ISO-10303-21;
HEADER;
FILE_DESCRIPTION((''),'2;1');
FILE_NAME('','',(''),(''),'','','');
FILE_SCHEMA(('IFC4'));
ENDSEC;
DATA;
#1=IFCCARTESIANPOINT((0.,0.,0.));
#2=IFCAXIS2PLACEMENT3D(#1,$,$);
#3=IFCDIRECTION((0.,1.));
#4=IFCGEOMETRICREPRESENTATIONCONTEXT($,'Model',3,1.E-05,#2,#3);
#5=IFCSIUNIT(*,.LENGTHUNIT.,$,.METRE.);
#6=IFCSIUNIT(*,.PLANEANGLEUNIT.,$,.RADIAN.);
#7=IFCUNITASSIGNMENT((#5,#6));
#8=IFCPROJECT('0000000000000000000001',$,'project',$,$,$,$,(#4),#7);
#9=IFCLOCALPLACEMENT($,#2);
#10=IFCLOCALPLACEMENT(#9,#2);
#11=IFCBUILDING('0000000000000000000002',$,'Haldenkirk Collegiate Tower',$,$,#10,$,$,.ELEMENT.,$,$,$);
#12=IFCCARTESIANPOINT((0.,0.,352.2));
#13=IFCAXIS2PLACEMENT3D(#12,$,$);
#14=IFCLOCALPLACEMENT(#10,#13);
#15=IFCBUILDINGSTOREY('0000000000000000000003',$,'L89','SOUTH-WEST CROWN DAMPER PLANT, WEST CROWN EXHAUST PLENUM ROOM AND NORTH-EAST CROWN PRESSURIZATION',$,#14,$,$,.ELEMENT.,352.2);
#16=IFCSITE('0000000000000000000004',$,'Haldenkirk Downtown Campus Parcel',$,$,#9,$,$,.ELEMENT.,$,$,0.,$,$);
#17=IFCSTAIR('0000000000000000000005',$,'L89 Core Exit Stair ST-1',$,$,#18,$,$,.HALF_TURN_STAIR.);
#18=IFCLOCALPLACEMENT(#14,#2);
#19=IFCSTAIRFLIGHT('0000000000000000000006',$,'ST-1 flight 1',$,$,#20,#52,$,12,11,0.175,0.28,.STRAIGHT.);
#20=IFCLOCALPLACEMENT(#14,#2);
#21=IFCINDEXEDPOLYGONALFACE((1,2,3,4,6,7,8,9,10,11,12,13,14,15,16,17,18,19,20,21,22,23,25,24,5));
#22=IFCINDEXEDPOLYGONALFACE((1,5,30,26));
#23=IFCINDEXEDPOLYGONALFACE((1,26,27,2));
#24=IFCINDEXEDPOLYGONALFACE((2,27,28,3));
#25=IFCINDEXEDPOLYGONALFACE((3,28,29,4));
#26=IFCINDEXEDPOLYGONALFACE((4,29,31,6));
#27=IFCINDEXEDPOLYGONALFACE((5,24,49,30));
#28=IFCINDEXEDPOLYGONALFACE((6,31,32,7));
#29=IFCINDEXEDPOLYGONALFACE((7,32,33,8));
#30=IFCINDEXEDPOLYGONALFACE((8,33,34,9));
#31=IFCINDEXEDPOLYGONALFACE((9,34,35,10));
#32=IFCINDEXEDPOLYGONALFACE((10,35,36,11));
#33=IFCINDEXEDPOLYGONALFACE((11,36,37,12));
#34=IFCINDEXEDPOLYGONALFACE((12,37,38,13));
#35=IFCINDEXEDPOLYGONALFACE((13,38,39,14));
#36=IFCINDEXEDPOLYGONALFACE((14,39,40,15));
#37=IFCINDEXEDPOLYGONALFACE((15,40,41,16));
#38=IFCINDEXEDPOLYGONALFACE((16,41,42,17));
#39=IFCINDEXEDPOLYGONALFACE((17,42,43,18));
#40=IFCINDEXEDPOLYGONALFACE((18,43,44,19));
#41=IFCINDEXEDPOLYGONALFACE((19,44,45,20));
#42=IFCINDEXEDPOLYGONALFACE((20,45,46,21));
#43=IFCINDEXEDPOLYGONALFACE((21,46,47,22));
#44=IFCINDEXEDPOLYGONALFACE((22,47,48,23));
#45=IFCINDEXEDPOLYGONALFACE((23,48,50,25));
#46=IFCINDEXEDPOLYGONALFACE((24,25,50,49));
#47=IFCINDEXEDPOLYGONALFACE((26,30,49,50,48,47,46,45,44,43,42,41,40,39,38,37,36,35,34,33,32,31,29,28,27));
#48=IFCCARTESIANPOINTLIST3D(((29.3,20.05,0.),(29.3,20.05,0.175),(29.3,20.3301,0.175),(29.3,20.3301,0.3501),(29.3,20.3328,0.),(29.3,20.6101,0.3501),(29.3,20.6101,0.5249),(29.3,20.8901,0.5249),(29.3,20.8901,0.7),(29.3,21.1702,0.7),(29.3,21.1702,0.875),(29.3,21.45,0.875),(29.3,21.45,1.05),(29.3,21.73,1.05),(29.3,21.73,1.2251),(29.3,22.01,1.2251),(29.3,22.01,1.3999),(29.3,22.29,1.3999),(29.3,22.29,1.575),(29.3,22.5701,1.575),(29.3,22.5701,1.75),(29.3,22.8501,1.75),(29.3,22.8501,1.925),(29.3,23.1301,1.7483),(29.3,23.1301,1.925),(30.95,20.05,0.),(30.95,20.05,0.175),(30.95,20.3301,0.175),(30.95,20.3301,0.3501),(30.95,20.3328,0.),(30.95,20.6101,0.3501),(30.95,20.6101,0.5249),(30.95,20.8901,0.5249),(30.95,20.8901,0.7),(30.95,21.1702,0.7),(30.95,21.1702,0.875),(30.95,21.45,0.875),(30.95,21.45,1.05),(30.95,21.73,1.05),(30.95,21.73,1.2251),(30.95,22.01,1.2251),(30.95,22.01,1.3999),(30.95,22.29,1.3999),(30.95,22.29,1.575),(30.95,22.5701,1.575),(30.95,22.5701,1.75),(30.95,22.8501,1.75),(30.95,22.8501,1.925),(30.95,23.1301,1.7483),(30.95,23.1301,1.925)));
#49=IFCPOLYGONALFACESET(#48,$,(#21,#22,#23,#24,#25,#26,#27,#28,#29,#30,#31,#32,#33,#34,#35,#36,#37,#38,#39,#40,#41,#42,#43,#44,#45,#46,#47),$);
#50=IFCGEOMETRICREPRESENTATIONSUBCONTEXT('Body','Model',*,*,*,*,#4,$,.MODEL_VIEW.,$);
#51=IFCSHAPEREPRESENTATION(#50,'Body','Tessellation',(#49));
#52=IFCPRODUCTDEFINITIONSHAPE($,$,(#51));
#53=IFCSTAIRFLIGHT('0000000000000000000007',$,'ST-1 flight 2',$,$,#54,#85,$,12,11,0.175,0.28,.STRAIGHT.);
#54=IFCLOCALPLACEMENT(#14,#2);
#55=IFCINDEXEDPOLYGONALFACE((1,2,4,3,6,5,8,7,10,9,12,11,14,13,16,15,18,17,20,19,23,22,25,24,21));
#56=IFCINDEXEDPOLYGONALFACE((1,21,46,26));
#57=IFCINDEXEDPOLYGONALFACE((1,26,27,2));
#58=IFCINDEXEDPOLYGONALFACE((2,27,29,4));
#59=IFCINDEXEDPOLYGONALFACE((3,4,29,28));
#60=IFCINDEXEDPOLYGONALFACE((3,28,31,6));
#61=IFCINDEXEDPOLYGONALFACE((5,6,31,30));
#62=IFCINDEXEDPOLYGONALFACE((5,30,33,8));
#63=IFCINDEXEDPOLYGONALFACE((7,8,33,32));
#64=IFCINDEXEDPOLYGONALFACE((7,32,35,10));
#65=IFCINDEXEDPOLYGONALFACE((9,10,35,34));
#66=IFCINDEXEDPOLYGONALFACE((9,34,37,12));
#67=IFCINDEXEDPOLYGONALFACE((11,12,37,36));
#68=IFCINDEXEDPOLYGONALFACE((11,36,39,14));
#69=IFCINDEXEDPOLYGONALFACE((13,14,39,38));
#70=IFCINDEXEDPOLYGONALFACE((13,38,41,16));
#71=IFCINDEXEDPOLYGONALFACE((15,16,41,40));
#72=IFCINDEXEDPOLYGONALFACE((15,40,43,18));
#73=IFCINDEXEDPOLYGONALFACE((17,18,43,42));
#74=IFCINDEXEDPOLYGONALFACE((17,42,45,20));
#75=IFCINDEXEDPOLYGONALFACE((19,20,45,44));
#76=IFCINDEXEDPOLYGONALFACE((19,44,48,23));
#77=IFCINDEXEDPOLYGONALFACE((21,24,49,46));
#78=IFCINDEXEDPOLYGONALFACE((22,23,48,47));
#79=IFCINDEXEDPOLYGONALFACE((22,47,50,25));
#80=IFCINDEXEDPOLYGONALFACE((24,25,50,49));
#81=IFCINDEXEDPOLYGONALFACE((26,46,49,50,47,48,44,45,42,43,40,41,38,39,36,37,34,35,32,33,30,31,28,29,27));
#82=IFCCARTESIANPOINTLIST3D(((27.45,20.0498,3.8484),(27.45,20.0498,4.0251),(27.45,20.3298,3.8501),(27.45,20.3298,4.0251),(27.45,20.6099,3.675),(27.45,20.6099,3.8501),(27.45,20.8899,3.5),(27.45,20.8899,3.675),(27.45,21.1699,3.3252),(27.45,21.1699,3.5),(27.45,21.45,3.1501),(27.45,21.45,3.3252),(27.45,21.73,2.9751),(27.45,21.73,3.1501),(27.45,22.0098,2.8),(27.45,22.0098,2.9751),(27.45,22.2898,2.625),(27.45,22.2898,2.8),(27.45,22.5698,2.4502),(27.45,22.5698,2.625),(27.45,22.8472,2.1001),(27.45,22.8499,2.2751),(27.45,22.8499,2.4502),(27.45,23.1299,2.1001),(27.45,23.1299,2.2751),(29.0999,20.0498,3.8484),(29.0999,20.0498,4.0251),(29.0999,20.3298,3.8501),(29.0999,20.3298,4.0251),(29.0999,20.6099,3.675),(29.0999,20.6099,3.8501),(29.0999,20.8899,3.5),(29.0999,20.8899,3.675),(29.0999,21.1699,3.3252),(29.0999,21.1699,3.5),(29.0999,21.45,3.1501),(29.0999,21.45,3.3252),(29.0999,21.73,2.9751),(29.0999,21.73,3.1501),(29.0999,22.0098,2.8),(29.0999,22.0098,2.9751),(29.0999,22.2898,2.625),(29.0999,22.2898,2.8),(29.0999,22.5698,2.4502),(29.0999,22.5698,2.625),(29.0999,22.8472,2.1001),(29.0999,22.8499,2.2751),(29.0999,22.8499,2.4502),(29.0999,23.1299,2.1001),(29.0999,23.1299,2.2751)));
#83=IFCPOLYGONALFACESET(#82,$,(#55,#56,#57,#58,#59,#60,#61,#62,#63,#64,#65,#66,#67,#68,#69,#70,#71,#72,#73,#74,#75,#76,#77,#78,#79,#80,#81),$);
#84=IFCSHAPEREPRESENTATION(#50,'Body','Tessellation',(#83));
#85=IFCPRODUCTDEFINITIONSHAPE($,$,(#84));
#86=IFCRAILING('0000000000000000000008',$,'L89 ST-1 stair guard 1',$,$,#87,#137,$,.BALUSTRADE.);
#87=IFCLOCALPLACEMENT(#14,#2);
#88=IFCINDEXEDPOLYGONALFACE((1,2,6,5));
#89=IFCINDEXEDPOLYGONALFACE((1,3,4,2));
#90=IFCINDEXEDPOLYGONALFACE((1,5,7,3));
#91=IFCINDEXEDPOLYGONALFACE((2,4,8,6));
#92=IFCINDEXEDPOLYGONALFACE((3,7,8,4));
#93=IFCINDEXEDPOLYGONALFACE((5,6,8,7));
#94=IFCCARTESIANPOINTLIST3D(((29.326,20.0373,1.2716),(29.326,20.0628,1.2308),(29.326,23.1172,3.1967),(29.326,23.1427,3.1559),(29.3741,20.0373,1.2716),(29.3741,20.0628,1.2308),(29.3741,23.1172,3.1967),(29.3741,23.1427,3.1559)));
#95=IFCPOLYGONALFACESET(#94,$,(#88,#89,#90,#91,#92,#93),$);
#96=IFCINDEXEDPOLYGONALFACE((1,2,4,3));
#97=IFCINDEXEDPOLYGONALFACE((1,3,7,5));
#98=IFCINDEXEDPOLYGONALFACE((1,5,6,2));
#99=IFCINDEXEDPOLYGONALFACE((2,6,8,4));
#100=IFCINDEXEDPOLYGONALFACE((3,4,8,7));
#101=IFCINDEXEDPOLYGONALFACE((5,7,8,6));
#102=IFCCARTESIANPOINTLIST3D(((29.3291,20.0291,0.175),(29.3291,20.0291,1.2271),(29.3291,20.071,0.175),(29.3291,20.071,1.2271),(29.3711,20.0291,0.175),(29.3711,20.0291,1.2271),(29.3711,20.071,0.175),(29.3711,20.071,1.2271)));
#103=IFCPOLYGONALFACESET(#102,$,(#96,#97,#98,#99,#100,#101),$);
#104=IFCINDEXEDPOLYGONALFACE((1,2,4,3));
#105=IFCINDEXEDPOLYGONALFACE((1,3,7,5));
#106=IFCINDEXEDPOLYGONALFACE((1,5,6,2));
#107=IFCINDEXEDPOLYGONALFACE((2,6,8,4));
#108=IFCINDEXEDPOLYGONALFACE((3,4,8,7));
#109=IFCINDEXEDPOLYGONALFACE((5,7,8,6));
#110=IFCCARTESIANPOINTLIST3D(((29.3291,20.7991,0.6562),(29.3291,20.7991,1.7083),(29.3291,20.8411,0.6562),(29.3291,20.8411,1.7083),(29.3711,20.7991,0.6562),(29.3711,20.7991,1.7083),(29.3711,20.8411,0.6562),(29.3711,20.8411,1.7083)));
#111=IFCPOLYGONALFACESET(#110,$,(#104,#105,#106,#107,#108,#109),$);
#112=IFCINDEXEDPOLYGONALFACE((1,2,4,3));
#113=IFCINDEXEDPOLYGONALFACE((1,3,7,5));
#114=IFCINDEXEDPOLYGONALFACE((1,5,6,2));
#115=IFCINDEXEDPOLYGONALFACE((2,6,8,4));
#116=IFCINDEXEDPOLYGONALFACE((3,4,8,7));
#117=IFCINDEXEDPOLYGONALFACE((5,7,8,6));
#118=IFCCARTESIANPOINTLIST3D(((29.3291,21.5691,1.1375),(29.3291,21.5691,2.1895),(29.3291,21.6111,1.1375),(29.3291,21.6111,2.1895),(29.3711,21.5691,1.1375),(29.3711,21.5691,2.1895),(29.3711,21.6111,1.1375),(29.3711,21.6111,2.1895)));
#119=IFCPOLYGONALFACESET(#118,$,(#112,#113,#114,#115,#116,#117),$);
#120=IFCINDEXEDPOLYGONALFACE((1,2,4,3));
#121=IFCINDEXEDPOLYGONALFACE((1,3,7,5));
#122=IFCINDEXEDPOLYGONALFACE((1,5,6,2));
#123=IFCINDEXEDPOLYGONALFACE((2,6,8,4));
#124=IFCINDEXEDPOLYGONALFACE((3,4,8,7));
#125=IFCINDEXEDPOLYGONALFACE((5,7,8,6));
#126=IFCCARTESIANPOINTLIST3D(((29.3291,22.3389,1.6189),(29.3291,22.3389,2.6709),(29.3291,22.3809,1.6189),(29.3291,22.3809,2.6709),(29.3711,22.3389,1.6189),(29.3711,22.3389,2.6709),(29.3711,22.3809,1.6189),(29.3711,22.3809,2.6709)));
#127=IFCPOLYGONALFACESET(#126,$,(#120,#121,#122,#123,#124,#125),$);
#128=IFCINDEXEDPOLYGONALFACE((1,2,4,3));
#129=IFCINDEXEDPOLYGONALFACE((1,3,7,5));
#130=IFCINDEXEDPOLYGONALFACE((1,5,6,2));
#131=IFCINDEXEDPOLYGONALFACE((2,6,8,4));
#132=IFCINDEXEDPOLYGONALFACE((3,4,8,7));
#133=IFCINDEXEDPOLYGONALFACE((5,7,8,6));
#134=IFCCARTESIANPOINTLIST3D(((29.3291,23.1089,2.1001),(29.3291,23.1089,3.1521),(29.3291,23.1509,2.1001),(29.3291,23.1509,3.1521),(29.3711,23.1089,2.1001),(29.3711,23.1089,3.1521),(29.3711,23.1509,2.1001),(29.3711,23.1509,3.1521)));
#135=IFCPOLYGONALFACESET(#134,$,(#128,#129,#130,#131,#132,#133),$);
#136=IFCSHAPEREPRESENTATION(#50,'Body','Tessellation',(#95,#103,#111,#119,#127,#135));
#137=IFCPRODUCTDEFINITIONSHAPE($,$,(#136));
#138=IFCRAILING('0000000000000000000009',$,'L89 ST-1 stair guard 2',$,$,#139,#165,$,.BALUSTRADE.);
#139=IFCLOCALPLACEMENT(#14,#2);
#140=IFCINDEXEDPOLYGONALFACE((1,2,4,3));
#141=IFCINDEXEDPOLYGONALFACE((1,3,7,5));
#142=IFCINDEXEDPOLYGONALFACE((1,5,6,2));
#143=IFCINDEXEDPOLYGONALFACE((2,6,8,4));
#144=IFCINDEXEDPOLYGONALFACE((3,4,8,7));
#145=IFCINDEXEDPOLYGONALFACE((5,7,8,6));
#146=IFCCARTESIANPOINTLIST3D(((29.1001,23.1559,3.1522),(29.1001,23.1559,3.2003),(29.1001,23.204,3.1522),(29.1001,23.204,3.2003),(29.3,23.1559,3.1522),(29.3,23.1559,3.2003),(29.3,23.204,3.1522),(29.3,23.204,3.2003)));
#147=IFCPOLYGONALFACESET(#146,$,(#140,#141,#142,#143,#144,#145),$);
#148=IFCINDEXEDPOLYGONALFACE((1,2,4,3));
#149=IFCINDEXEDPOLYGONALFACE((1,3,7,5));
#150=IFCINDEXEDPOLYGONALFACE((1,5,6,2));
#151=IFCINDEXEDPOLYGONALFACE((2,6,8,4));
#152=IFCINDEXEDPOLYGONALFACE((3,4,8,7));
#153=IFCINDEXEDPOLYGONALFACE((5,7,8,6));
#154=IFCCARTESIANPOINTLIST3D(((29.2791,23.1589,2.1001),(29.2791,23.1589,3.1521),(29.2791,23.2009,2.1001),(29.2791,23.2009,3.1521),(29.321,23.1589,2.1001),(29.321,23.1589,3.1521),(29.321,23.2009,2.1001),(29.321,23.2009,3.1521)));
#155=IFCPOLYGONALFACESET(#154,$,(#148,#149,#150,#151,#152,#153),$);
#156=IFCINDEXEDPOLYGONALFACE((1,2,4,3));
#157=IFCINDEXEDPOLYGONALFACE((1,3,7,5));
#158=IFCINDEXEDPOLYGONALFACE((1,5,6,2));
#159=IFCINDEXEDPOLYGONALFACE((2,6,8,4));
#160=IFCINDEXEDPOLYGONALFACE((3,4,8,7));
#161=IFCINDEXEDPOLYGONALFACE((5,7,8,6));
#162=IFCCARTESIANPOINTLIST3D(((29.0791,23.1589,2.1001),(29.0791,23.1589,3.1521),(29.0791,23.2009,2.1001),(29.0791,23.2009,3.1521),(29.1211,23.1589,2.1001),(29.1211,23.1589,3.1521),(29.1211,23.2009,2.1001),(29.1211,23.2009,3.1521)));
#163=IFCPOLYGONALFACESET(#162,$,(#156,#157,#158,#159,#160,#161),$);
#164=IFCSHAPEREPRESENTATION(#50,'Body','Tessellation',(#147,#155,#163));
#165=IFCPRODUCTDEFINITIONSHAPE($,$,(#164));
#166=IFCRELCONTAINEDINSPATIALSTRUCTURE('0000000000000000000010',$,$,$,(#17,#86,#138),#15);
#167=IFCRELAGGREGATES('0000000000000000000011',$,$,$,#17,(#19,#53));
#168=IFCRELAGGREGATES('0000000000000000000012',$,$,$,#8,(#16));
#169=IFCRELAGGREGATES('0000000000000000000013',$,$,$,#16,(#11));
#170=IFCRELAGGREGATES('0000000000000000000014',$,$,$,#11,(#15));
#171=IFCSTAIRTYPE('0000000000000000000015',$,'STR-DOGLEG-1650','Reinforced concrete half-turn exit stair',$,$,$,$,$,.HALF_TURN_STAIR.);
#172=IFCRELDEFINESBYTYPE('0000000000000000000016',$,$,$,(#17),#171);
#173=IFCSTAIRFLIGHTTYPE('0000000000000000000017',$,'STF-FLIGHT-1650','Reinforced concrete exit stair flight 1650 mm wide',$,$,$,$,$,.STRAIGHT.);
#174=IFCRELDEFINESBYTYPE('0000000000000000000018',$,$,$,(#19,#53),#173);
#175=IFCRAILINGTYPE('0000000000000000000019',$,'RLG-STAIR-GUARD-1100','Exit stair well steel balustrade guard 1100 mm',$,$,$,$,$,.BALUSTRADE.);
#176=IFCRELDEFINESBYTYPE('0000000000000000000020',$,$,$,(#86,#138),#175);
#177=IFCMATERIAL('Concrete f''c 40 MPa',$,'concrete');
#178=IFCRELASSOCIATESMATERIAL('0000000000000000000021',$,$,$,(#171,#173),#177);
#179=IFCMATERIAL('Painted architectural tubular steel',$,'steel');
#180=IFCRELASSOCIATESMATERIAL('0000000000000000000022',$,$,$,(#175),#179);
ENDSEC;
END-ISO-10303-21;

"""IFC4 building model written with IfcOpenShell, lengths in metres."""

from ifc_helpers import new_model, si_unit, direction, frame, origin, origin_2d, place, context, subcontext, project, spatial, polyline, rectangle, outline, extrude, material, type_object, element, aggregate, save


model = new_model("IFC4")

# Units and contexts
model_context = context("Model", 3, precision=1e-05, world=origin(), true_north=direction((0.0, 1.0)))
body_context = subcontext(model_context, "Body", "Model", "MODEL_VIEW")
ifc_project = project(units=[si_unit("LENGTHUNIT", "METRE"), si_unit("PLANEANGLEUNIT", "RADIAN")], contexts=[model_context])

# Site, building, storey
site_placement = place(None, origin())
site = spatial("IfcSite", under=ifc_project, at=site_placement, Name="Haldenkirk Downtown Campus Parcel", CompositionType="ELEMENT", RefElevation=0.0)
building_placement = place(site_placement, origin())
building = spatial("IfcBuilding", under=site, at=building_placement, Name="Haldenkirk Collegiate Tower", CompositionType="ELEMENT")
storey_placement = place(building_placement, frame((0.0, 0.0, 352.2)))
storey = spatial("IfcBuildingStorey", under=building, at=storey_placement, Name="L89", Description="SOUTH-WEST CROWN DAMPER PLANT, WEST CROWN EXHAUST PLENUM ROOM AND NORTH-EAST CROWN PRESSURIZATION", CompositionType="ELEMENT", Elevation=352.2)

# Stair, stair flights
ifc_material_1 = material(Name="Concrete f'c 40 MPa", Category="concrete")
stair_type = type_object("IfcStairType", Name="STR-DOGLEG-1650", Description="Reinforced concrete half-turn exit stair", PredefinedType="HALF_TURN_STAIR", material=ifc_material_1)
stair_placement = place(storey_placement, origin())
stair = element("IfcStair", 1, at=stair_placement, inside=storey, type_object=stair_type, Name="L89 Core Exit Stair ST-1", PredefinedType="HALF_TURN_STAIR")
stair_flight_type = type_object("IfcStairFlightType", Name="STF-FLIGHT-1650", Description="Reinforced concrete exit stair flight 1650 mm wide", PredefinedType="STRAIGHT", material=ifc_material_1)
stair_flight_1_placement = place(storey_placement, frame((30.125, 20.05, 0.0), z_axis=(0.0, 0.0, 1.0), x_axis=(0.0, 1.0, 0.0)))
stair_flight_1 = element("IfcStairFlight", 2, at=stair_flight_1_placement, type_object=stair_flight_type, Name="ST-1 flight 1", NumberOfRisers=12, NumberOfTreads=11, PredefinedType="STRAIGHT", RiserHeight=0.175, TreadLength=0.28, context=body_context, shape_type="SweptSolid", body=[
    extrude(outline(polyline([(0.0, 0.0), (0.0, 0.175), (0.28, 0.175), (0.28, 0.3501), (0.5601, 0.3501), (0.5601, 0.5249), (0.8401, 0.5249), (0.8401, 0.7), (1.1201, 0.7), (1.1201, 0.875), (1.3999, 0.875), (1.3999, 1.05), (1.6799, 1.05), (1.6799, 1.2251), (1.96, 1.2251), (1.96, 1.3999), (2.24, 1.3999), (2.24, 1.575), (2.52, 1.575), (2.52, 1.75), (2.8, 1.75), (2.8, 1.925), (3.0801, 1.925), (3.0801, 2.1001), (3.0801, 1.7483), (0.2827, 0.0), (0.0, 0.0)])), frame((0.0, 0.825, 0.0), z_axis=(0.0, -1.0, 0.0), x_axis=(1.0, 0.0, 0.0)), (0.0, 0.0, 1.0), 1.6499),
])
stair_flight_2_placement = place(storey_placement, frame((28.2749, 23.1299, 2.1001), z_axis=(0.0, 0.0, 1.0), x_axis=(0.0, -1.0, 0.0)))
stair_flight_2 = element("IfcStairFlight", 3, at=stair_flight_2_placement, type_object=stair_flight_type, Name="ST-1 flight 2", NumberOfRisers=12, NumberOfTreads=11, PredefinedType="STRAIGHT", RiserHeight=0.175, TreadLength=0.28, context=body_context, shape_type="SweptSolid", body=[
    extrude(outline(polyline([(0.0, 0.0), (0.0, 0.175), (0.28, 0.175), (0.28, 0.3501), (0.5601, 0.3501), (0.5601, 0.5249), (0.8401, 0.5249), (0.8401, 0.7), (1.1201, 0.7), (1.1201, 0.875), (1.3999, 0.875), (1.3999, 1.05), (1.6799, 1.05), (1.6799, 1.2251), (1.96, 1.2251), (1.96, 1.3999), (2.24, 1.3999), (2.24, 1.575), (2.52, 1.575), (2.52, 1.75), (2.8, 1.75), (2.8, 1.925), (3.0801, 1.925), (3.0801, 2.1001), (3.0801, 1.7483), (0.2827, 0.0), (0.0, 0.0)])), frame((0.0, 0.825, 0.0), z_axis=(0.0, -1.0, 0.0), x_axis=(1.0, 0.0, 0.0)), (0.0, 0.0, 1.0), 1.6499),
])
aggregate(stair, [stair_flight_1, stair_flight_2])

# Railings
ifc_material_2 = material(Name="Painted architectural tubular steel", Category="steel")
railing_type_1 = type_object("IfcRailingType", Name="RLG-STAIR-GUARD-1100", Description="Exit stair well steel balustrade guard 1100 mm", PredefinedType="BALUSTRADE", material=ifc_material_2)
railing_1_placement = place(storey_placement, frame((29.3501, 20.05, 0.175)))
element("IfcRailing", 4, at=railing_1_placement, inside=storey, type_object=railing_type_1, Name="L89 ST-1 stair guard 1", PredefinedType="BALUSTRADE", context=body_context, shape_type="SweptSolid", body=[
    extrude(rectangle(XDim=0.0481, YDim=0.0481, at=origin_2d()), frame((0.0, 0.0, 1.0762), z_axis=(0.0, 0.847979, 0.530029), x_axis=(-1.0, 0.0, 0.0)), (0.0, 0.0, 1.0), 3.6321),
    extrude(rectangle(XDim=0.042, YDim=0.042, at=origin_2d()), origin(), (0.0, 0.0, 1.0), 1.052),
    extrude(rectangle(XDim=0.042, YDim=0.042, at=origin_2d()), frame((0.0, 0.77, 0.4812)), (0.0, 0.0, 1.0), 1.052),
    extrude(rectangle(XDim=0.042, YDim=0.042, at=origin_2d()), frame((0.0, 1.54, 0.9624)), (0.0, 0.0, 1.0), 1.052),
    extrude(rectangle(XDim=0.042, YDim=0.042, at=origin_2d()), frame((0.0, 2.3098, 1.4438)), (0.0, 0.0, 1.0), 1.052),
    extrude(rectangle(XDim=0.042, YDim=0.042, at=origin_2d()), frame((0.0, 3.0798, 1.925)), (0.0, 0.0, 1.0), 1.052),
])
railing_2_placement = place(storey_placement, frame((29.3, 23.1799, 2.1001)))
element("IfcRailing", 5, at=railing_2_placement, inside=storey, type_object=railing_type_1, Name="L89 ST-1 stair guard 2", PredefinedType="BALUSTRADE", context=body_context, shape_type="SweptSolid", body=[
    extrude(rectangle(XDim=0.0481, YDim=0.0481, at=origin_2d()), frame((0.0, 0.0, 1.0762), z_axis=(-1.0, 0.0, 0.0), x_axis=(0.0, -1.0, 0.0)), (0.0, 0.0, 1.0), 0.2),
    extrude(rectangle(XDim=0.042, YDim=0.042, at=origin_2d()), origin(), (0.0, 0.0, 1.0), 1.052),
    extrude(rectangle(XDim=0.042, YDim=0.042, at=origin_2d()), frame((-0.2, 0.0, 0.0)), (0.0, 0.0, 1.0), 1.052),
])

save(model, "model.ifc")
